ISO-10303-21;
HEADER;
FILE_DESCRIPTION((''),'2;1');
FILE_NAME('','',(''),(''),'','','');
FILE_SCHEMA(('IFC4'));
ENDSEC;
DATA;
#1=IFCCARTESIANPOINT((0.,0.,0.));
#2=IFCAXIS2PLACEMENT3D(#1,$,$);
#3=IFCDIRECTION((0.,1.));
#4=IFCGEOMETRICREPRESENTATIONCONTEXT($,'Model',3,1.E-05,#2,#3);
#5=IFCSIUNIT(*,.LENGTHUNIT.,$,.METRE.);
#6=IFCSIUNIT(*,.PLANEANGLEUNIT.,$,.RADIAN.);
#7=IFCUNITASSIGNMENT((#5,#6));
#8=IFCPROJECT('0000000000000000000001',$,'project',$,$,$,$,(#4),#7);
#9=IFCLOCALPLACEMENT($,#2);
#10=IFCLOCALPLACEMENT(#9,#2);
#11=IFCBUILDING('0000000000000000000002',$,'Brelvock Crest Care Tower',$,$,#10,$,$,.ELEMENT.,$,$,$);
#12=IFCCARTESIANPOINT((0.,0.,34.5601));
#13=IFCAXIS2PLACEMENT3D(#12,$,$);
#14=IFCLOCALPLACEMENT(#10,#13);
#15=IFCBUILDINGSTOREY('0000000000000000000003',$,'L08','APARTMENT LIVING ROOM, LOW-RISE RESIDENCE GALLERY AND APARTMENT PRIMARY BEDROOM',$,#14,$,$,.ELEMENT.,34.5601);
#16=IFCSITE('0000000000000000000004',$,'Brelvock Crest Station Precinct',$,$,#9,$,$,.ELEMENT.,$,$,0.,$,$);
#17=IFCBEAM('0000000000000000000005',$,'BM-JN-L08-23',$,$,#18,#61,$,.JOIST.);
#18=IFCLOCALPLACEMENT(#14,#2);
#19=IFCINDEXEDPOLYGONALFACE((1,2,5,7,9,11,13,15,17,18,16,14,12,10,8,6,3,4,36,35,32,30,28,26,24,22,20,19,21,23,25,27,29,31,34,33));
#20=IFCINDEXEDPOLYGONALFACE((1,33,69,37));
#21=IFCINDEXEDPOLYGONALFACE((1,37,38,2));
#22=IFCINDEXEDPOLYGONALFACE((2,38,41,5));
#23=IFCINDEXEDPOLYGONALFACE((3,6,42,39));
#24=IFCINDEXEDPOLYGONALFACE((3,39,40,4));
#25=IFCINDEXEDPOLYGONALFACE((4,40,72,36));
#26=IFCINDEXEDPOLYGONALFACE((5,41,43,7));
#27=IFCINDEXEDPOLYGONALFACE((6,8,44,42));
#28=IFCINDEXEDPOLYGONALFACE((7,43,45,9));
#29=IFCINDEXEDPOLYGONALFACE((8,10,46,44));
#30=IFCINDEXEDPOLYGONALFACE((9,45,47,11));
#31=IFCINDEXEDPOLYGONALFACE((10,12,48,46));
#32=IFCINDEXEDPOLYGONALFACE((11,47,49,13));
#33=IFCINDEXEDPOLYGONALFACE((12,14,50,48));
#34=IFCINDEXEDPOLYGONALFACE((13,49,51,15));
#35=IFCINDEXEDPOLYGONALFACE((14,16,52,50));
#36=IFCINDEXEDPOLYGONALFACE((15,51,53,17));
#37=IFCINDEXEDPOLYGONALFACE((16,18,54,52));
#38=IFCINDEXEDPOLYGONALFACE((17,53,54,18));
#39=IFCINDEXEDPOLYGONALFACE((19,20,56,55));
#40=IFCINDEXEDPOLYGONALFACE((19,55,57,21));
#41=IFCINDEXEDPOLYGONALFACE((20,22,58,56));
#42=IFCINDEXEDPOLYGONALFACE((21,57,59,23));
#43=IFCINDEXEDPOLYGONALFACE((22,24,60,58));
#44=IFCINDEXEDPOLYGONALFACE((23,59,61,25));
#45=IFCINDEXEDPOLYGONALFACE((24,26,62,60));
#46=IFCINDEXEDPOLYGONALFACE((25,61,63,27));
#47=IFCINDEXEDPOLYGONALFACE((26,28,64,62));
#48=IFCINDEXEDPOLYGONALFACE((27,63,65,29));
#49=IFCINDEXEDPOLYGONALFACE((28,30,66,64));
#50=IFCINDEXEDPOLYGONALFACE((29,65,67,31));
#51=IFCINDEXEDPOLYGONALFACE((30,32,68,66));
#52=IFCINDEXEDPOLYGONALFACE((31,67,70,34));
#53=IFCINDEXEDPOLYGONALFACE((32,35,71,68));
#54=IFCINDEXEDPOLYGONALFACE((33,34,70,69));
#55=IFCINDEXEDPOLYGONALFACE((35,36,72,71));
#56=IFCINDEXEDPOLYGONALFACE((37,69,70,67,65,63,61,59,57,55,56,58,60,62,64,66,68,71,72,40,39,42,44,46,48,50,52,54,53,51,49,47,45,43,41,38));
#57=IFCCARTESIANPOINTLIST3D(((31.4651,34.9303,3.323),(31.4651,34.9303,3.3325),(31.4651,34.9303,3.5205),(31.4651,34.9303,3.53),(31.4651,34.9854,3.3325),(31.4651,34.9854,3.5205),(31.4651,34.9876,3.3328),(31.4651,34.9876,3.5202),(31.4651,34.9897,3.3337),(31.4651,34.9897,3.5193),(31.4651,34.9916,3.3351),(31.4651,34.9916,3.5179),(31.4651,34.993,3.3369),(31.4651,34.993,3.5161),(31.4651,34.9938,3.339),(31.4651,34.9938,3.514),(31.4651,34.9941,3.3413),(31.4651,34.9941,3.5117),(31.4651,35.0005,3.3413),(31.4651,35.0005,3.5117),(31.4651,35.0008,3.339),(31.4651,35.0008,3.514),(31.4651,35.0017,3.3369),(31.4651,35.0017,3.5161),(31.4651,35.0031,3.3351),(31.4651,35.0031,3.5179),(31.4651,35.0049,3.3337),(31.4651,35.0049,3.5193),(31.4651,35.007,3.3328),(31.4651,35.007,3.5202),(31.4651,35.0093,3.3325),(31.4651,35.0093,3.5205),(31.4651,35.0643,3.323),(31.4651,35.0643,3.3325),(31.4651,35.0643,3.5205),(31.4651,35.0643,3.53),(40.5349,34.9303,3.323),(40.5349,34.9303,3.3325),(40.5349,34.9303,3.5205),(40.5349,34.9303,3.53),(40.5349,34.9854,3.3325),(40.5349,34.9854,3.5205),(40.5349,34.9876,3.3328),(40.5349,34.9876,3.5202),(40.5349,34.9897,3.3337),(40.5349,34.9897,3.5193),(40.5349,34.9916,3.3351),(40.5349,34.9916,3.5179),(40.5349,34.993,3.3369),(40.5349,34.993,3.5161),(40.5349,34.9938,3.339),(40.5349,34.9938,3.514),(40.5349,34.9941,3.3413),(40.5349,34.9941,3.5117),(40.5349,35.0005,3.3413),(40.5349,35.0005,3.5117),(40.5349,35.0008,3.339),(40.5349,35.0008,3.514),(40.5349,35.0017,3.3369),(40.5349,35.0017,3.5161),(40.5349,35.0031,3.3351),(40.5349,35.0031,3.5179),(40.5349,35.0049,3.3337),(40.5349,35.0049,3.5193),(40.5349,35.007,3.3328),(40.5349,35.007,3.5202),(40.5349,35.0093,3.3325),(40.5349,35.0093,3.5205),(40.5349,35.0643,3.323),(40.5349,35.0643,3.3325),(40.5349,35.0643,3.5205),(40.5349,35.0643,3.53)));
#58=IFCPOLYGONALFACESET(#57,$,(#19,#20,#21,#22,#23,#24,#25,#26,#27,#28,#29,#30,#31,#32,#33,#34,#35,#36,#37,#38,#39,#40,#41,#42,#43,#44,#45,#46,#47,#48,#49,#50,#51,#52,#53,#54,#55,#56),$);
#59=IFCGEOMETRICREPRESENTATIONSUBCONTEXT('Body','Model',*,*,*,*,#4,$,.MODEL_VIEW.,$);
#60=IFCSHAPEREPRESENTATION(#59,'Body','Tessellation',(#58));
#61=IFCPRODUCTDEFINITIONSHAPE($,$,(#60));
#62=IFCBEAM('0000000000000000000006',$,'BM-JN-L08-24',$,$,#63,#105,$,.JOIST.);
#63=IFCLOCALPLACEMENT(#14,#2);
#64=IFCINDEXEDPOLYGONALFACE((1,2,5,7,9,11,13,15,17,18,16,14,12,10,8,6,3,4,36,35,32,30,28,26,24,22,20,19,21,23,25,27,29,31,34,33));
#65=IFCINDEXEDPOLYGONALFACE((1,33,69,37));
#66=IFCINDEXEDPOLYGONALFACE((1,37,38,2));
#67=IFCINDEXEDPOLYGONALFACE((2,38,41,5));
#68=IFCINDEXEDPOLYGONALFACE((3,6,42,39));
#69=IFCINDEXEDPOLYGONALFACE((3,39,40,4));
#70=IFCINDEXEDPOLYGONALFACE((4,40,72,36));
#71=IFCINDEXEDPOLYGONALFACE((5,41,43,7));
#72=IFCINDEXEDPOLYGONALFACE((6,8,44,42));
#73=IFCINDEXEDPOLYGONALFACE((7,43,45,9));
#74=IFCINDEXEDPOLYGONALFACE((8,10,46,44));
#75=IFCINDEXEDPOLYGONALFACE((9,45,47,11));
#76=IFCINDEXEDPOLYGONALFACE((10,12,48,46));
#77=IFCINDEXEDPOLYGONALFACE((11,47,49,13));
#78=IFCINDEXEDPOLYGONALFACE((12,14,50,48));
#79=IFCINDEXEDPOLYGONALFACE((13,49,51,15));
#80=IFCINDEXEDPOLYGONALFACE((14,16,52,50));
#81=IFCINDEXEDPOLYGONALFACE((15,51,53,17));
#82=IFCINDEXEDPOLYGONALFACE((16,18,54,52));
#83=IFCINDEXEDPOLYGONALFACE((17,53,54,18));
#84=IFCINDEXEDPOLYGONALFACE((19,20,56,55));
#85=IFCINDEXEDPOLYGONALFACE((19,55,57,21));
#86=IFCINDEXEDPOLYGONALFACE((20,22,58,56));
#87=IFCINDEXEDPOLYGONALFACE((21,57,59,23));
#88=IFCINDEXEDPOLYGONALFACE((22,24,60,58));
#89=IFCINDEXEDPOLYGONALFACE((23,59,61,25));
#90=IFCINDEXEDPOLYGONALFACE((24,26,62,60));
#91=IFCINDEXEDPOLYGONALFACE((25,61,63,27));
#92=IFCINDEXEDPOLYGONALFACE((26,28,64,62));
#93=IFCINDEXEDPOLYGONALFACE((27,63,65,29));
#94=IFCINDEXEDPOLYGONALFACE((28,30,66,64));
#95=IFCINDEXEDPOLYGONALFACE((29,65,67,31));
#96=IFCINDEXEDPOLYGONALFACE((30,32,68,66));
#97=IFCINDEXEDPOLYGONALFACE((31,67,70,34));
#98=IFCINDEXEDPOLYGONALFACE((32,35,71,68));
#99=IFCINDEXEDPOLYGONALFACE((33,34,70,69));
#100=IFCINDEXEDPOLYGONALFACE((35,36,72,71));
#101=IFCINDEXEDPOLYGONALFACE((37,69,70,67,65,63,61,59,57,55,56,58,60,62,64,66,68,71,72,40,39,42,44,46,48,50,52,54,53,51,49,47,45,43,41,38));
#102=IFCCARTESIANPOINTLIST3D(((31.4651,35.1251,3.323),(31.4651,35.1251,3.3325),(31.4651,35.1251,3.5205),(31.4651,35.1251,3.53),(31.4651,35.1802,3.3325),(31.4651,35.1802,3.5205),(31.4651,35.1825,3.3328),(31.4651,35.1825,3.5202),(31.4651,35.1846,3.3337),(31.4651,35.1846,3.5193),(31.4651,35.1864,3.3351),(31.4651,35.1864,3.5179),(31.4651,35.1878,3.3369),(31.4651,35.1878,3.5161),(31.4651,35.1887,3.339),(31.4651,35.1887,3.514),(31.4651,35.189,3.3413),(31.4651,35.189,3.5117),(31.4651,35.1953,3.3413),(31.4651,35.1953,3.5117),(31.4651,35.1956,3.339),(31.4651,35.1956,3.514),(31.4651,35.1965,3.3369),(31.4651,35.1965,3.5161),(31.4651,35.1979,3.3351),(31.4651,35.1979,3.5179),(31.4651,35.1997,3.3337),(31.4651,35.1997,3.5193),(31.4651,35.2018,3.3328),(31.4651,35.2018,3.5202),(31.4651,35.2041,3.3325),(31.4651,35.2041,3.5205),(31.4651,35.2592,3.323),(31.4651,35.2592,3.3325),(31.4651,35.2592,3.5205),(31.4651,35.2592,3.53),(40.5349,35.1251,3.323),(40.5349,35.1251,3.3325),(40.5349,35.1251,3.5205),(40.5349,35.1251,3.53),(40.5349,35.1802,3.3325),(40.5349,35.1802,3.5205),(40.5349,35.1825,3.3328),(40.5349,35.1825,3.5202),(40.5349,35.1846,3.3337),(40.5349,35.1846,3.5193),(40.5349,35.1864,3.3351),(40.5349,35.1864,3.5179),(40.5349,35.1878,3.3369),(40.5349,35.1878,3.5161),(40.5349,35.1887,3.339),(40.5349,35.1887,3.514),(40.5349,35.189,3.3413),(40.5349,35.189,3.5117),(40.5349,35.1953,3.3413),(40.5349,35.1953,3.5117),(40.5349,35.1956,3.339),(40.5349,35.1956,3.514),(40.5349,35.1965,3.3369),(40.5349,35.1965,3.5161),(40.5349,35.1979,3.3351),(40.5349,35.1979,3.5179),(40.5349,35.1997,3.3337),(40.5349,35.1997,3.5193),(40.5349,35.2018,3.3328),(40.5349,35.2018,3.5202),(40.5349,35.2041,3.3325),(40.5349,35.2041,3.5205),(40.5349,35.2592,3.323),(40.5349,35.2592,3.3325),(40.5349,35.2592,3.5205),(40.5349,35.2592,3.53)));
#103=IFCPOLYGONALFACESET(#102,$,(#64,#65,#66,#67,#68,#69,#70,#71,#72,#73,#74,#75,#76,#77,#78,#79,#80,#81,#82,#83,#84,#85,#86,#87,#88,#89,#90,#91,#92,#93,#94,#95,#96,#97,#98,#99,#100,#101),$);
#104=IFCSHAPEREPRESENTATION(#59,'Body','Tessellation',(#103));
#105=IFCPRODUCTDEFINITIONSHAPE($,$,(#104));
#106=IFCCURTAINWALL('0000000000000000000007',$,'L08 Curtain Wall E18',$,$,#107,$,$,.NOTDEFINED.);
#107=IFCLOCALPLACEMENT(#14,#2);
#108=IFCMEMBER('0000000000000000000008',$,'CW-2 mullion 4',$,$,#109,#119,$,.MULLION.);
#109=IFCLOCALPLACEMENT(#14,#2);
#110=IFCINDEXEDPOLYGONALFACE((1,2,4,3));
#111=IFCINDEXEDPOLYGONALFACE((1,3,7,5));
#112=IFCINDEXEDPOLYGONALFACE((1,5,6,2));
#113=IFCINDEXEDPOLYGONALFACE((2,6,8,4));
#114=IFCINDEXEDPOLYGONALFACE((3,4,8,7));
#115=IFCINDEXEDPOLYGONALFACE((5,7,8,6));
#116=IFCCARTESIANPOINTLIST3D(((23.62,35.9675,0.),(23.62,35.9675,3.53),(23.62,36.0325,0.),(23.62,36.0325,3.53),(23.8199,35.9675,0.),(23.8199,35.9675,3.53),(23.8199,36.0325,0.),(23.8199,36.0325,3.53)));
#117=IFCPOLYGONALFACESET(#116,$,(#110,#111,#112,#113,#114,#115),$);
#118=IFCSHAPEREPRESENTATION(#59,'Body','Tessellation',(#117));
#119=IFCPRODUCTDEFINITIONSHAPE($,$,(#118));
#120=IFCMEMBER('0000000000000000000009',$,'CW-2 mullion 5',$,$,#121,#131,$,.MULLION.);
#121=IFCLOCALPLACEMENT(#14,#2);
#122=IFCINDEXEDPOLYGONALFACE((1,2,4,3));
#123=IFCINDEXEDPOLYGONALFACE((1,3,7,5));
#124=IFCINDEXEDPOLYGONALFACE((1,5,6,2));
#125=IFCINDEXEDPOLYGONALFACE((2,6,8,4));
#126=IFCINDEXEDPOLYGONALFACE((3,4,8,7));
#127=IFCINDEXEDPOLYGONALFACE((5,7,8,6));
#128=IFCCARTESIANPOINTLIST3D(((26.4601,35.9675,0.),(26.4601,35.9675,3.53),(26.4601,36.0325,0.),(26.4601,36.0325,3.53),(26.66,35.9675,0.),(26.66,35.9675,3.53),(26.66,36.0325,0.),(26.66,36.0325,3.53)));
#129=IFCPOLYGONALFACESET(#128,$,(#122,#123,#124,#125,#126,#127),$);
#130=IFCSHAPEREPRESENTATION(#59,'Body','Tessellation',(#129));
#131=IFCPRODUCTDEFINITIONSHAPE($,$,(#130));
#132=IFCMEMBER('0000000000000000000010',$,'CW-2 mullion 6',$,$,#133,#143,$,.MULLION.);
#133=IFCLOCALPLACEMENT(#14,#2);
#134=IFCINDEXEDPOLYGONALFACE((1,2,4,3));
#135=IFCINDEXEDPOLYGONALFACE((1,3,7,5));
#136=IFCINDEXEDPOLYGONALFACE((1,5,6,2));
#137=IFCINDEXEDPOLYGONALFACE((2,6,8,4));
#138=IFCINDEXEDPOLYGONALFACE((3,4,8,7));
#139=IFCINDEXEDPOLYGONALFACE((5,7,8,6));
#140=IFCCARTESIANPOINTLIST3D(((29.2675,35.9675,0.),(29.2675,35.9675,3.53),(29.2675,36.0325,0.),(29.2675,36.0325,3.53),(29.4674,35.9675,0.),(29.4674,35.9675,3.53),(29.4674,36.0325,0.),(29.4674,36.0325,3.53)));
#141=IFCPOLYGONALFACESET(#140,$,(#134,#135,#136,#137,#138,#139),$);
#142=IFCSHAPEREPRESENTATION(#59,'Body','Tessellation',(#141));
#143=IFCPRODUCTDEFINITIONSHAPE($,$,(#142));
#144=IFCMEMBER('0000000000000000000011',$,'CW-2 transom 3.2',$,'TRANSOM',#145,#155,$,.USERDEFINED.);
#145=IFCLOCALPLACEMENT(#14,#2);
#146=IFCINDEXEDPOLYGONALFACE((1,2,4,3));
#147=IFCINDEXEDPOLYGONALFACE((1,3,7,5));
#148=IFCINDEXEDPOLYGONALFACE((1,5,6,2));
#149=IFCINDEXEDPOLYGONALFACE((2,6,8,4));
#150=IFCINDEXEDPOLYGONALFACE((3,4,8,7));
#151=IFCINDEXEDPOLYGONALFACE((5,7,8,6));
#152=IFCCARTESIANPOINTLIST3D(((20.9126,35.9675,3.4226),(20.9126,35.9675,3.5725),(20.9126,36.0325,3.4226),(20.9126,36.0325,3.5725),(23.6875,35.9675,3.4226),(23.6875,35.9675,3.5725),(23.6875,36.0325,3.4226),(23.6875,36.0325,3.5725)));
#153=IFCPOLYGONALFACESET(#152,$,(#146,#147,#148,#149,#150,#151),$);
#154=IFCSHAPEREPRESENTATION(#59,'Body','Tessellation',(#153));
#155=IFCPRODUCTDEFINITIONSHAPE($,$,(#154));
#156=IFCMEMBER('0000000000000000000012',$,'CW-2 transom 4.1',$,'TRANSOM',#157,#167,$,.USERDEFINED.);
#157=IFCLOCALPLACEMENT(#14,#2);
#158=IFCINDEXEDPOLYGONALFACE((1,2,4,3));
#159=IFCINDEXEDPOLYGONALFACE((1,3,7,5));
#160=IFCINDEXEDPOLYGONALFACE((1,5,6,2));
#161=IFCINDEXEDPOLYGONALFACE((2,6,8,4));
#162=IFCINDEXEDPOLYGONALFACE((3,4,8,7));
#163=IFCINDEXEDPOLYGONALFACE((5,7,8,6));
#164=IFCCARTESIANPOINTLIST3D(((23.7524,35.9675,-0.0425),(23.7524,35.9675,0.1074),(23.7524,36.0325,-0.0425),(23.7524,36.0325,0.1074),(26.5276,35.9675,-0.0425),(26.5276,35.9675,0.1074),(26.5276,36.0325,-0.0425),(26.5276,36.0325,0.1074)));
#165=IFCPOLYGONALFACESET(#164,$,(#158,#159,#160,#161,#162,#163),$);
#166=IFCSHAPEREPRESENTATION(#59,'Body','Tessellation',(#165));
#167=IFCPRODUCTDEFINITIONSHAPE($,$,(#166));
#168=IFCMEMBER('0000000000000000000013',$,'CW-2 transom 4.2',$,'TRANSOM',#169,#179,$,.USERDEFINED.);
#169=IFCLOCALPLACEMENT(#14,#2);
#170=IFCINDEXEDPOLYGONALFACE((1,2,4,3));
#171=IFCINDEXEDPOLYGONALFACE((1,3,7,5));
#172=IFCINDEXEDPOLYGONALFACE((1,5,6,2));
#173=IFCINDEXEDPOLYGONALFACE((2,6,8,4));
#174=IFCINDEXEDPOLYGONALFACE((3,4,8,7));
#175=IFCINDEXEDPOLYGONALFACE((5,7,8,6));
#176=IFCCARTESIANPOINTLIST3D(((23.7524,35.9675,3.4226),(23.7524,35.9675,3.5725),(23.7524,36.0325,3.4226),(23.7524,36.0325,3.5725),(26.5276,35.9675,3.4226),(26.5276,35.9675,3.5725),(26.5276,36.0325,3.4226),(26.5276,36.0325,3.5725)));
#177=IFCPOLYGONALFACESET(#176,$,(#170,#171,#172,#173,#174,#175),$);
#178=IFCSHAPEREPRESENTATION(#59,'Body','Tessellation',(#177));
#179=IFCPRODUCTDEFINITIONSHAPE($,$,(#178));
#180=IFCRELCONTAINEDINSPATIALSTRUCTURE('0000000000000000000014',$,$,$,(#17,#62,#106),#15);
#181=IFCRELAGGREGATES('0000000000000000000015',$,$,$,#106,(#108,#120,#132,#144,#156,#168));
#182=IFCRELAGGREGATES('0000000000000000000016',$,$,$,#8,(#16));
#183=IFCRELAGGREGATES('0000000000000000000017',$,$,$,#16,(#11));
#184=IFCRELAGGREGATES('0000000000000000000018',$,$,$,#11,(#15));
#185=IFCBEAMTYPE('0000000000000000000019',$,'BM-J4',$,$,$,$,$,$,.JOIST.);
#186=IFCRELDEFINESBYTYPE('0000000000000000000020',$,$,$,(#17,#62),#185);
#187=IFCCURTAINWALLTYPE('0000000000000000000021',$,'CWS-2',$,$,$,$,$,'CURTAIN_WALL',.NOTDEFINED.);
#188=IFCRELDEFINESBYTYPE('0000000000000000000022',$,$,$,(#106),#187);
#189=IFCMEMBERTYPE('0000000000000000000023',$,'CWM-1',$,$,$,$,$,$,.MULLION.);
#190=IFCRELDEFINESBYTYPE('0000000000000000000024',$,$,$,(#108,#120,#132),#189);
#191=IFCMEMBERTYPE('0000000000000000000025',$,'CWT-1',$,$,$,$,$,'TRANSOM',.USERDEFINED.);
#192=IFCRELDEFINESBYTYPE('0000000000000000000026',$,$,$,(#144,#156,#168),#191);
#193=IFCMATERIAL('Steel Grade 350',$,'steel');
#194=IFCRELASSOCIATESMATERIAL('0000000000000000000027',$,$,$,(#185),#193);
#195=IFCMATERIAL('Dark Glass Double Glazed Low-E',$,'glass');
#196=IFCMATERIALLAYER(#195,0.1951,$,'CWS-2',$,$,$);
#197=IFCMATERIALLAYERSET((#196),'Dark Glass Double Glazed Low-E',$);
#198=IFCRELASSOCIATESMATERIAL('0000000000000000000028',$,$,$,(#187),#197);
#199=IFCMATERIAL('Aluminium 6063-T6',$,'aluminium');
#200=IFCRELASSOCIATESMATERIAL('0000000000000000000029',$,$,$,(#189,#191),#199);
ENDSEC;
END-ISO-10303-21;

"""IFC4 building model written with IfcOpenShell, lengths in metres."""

from ifc_helpers import new_model, si_unit, direction, frame, origin, origin_2d, place, context, subcontext, project, spatial, rectangle, i_section, extrude, source, transform, mapped, material, layer, layer_set, material_profile, profile_set, type_object, element, aggregate, save


model = new_model("IFC4")

# Units and contexts
model_context = context("Model", 3, precision=1e-05, world=origin(), true_north=direction((0.0, 1.0)))
body_context = subcontext(model_context, "Body", "Model", "MODEL_VIEW")
ifc_project = project(units=[si_unit("LENGTHUNIT", "METRE"), si_unit("PLANEANGLEUNIT", "RADIAN")], contexts=[model_context])

# Site, building, storey
site_placement = place(None, origin())
site = spatial("IfcSite", under=ifc_project, at=site_placement, Name="Brelvock Crest Station Precinct", CompositionType="ELEMENT", RefElevation=0.0)
building_placement = place(site_placement, origin())
building = spatial("IfcBuilding", under=site, at=building_placement, Name="Brelvock Crest Care Tower", CompositionType="ELEMENT")
storey_placement = place(building_placement, frame((0.0, 0.0, 34.5601)))
storey = spatial("IfcBuildingStorey", under=building, at=storey_placement, Name="L08", Description="APARTMENT LIVING ROOM, LOW-RISE RESIDENCE GALLERY AND APARTMENT PRIMARY BEDROOM", CompositionType="ELEMENT", Elevation=34.5601)

# Shared definitions
ifc_material_1 = material(Name="Steel Grade 350", Category="steel")

# Beams
ifc_material_profile_1 = material_profile(ifc_material_1, i_section(OverallWidth=0.134, OverallDepth=0.207, WebThickness=0.0063, FlangeThickness=0.0095, FilletRadius=0.0088, at=origin_2d()), Name="200UB29.8")
ifc_profile_set_1 = profile_set([ifc_material_profile_1], Name="Steel Grade 350")
beam_type_1 = type_object("IfcBeamType", Name="BM-J4", PredefinedType="JOIST", material=ifc_profile_set_1)
shared_shape_1 = source(origin(), body_context, "Body", "SweptSolid", [
    extrude(i_section(OverallWidth=0.134, OverallDepth=0.207, WebThickness=0.0063, FlangeThickness=0.0095, FilletRadius=0.0088, at=origin_2d()), origin(), (0.0, 0.0, 1.0), 9.0698),
])
for number, where, z_axis, x_axis, name in (
    (1, (31.4651, 34.9973, 3.4265), (1.0, 0.0, 0.0), (0.0, 1.0, 0.0), "BM-JN-L08-23"),
    (2, (31.4651, 35.1921, 3.4265), (1.0, 0.0, 0.0), (0.0, 1.0, 0.0), "BM-JN-L08-24"),
):
    element("IfcBeam", number, at=place(storey_placement, frame(where, z_axis=z_axis, x_axis=x_axis)), inside=storey, type_object=beam_type_1, Name=name, PredefinedType="JOIST", context=body_context, shape_type="MappedRepresentation", body=[
        mapped(shared_shape_1, transform((0.0, 0.0, 0.0), x_axis=(1.0, 0.0, 0.0), y_axis=(0.0, 1.0, 0.0), z_axis=(0.0, 0.0, 1.0), scale=1.0)),
    ])

# Curtain wall, members
ifc_material_2 = material(Name="Dark Glass Double Glazed Low-E", Category="glass")
ifc_layer_1 = layer(ifc_material_2, 0.1951, Name="CWS-2")
ifc_layer_set_1 = layer_set([ifc_layer_1], Name="Dark Glass Double Glazed Low-E")
curtain_wall_type = type_object("IfcCurtainWallType", Name="CWS-2", ElementType="CURTAIN_WALL", PredefinedType="NOTDEFINED", material=ifc_layer_set_1)
curtain_wall_placement = place(storey_placement, origin())
curtain_wall = element("IfcCurtainWall", 3, at=curtain_wall_placement, inside=storey, type_object=curtain_wall_type, Name="L08 Curtain Wall E18", PredefinedType="NOTDEFINED")
ifc_material_3 = material(Name="Aluminium 6063-T6", Category="aluminium")
ifc_material_profile_2 = material_profile(ifc_material_3, rectangle(XDim=0.0649, YDim=0.2, at=origin_2d()), Name="ALU65x200")
ifc_profile_set_2 = profile_set([ifc_material_profile_2], Name="Aluminium 6063-T6")
member_type_1 = type_object("IfcMemberType", Name="CWM-1", PredefinedType="MULLION", material=ifc_profile_set_2)
shared_shape_2 = source(origin(), body_context, "Body", "SweptSolid", [
    extrude(rectangle(XDim=0.0649, YDim=0.2, at=origin_2d()), origin(), (0.0, 0.0, 1.0), 3.53),
])
member_1_placement = place(storey_placement, frame((23.72, 36.0, 0.0), z_axis=(0.0, 0.0, 1.0), x_axis=(0.0, 1.0, 0.0)))
member_1 = element("IfcMember", 4, at=member_1_placement, type_object=member_type_1, Name="CW-2 mullion 4", PredefinedType="MULLION", context=body_context, shape_type="MappedRepresentation", body=[
    mapped(shared_shape_2, transform((0.0, 0.0, 0.0), x_axis=(1.0, 0.0, 0.0), y_axis=(0.0, 1.0, 0.0), z_axis=(0.0, 0.0, 1.0), scale=1.0)),
])
member_2_placement = place(storey_placement, frame((26.5601, 36.0, 0.0), z_axis=(0.0, 0.0, 1.0), x_axis=(0.0, 1.0, 0.0)))
member_2 = element("IfcMember", 5, at=member_2_placement, type_object=member_type_1, Name="CW-2 mullion 5", PredefinedType="MULLION", context=body_context, shape_type="MappedRepresentation", body=[
    mapped(shared_shape_2, transform((0.0, 0.0, 0.0), x_axis=(1.0, 0.0, 0.0), y_axis=(0.0, 1.0, 0.0), z_axis=(0.0, 0.0, 1.0), scale=1.0)),
])
member_3_placement = place(storey_placement, frame((29.3674, 36.0, 0.0), z_axis=(0.0, 0.0, 1.0), x_axis=(0.0, 1.0, 0.0)))
member_3 = element("IfcMember", 6, at=member_3_placement, type_object=member_type_1, Name="CW-2 mullion 6", PredefinedType="MULLION", context=body_context, shape_type="MappedRepresentation", body=[
    mapped(shared_shape_2, transform((0.0, 0.0, 0.0), x_axis=(1.0, 0.0, 0.0), y_axis=(0.0, 1.0, 0.0), z_axis=(0.0, 0.0, 1.0), scale=1.0)),
])
ifc_material_profile_3 = material_profile(ifc_material_3, rectangle(XDim=0.0649, YDim=0.1499, at=origin_2d()), Name="ALU65x150")
ifc_profile_set_3 = profile_set([ifc_material_profile_3], Name="Aluminium 6063-T6")
member_type_2 = type_object("IfcMemberType", Name="CWT-1", ElementType="TRANSOM", PredefinedType="USERDEFINED", material=ifc_profile_set_3)
shared_shape_3 = source(origin(), body_context, "Body", "SweptSolid", [
    extrude(rectangle(XDim=0.0649, YDim=0.1499, at=origin_2d()), origin(), (0.0, 0.0, 1.0), 2.7749),
])
member_4_placement = place(storey_placement, frame((20.9126, 36.0, 3.4976), z_axis=(1.0, 0.0, 0.0), x_axis=(0.0, 1.0, 0.0)))
member_4 = element("IfcMember", 7, at=member_4_placement, type_object=member_type_2, Name="CW-2 transom 3.2", ObjectType="TRANSOM", PredefinedType="USERDEFINED", context=body_context, shape_type="MappedRepresentation", body=[
    mapped(shared_shape_3, transform((0.0, 0.0, 0.0), x_axis=(1.0, 0.0, 0.0), y_axis=(0.0, 1.0, 0.0), z_axis=(0.0, 0.0, 1.0), scale=1.0)),
])
shared_shape_4 = source(origin(), body_context, "Body", "SweptSolid", [
    extrude(rectangle(XDim=0.0649, YDim=0.1499, at=origin_2d()), origin(), (0.0, 0.0, 1.0), 2.7751),
])
member_5_placement = place(storey_placement, frame((23.7524, 36.0, 0.0325), z_axis=(1.0, 0.0, 0.0), x_axis=(0.0, 1.0, 0.0)))
member_5 = element("IfcMember", 8, at=member_5_placement, type_object=member_type_2, Name="CW-2 transom 4.1", ObjectType="TRANSOM", PredefinedType="USERDEFINED", context=body_context, shape_type="MappedRepresentation", body=[
    mapped(shared_shape_4, transform((0.0, 0.0, 0.0), x_axis=(1.0, 0.0, 0.0), y_axis=(0.0, 1.0, 0.0), z_axis=(0.0, 0.0, 1.0), scale=1.0)),
])
member_6_placement = place(storey_placement, frame((23.7524, 36.0, 3.4976), z_axis=(1.0, 0.0, 0.0), x_axis=(0.0, 1.0, 0.0)))
member_6 = element("IfcMember", 9, at=member_6_placement, type_object=member_type_2, Name="CW-2 transom 4.2", ObjectType="TRANSOM", PredefinedType="USERDEFINED", context=body_context, shape_type="MappedRepresentation", body=[
    mapped(shared_shape_4, transform((0.0, 0.0, 0.0), x_axis=(1.0, 0.0, 0.0), y_axis=(0.0, 1.0, 0.0), z_axis=(0.0, 0.0, 1.0), scale=1.0)),
])
aggregate(curtain_wall, [member_1, member_2, member_3, member_4, member_5, member_6])

save(model, "model.ifc")
